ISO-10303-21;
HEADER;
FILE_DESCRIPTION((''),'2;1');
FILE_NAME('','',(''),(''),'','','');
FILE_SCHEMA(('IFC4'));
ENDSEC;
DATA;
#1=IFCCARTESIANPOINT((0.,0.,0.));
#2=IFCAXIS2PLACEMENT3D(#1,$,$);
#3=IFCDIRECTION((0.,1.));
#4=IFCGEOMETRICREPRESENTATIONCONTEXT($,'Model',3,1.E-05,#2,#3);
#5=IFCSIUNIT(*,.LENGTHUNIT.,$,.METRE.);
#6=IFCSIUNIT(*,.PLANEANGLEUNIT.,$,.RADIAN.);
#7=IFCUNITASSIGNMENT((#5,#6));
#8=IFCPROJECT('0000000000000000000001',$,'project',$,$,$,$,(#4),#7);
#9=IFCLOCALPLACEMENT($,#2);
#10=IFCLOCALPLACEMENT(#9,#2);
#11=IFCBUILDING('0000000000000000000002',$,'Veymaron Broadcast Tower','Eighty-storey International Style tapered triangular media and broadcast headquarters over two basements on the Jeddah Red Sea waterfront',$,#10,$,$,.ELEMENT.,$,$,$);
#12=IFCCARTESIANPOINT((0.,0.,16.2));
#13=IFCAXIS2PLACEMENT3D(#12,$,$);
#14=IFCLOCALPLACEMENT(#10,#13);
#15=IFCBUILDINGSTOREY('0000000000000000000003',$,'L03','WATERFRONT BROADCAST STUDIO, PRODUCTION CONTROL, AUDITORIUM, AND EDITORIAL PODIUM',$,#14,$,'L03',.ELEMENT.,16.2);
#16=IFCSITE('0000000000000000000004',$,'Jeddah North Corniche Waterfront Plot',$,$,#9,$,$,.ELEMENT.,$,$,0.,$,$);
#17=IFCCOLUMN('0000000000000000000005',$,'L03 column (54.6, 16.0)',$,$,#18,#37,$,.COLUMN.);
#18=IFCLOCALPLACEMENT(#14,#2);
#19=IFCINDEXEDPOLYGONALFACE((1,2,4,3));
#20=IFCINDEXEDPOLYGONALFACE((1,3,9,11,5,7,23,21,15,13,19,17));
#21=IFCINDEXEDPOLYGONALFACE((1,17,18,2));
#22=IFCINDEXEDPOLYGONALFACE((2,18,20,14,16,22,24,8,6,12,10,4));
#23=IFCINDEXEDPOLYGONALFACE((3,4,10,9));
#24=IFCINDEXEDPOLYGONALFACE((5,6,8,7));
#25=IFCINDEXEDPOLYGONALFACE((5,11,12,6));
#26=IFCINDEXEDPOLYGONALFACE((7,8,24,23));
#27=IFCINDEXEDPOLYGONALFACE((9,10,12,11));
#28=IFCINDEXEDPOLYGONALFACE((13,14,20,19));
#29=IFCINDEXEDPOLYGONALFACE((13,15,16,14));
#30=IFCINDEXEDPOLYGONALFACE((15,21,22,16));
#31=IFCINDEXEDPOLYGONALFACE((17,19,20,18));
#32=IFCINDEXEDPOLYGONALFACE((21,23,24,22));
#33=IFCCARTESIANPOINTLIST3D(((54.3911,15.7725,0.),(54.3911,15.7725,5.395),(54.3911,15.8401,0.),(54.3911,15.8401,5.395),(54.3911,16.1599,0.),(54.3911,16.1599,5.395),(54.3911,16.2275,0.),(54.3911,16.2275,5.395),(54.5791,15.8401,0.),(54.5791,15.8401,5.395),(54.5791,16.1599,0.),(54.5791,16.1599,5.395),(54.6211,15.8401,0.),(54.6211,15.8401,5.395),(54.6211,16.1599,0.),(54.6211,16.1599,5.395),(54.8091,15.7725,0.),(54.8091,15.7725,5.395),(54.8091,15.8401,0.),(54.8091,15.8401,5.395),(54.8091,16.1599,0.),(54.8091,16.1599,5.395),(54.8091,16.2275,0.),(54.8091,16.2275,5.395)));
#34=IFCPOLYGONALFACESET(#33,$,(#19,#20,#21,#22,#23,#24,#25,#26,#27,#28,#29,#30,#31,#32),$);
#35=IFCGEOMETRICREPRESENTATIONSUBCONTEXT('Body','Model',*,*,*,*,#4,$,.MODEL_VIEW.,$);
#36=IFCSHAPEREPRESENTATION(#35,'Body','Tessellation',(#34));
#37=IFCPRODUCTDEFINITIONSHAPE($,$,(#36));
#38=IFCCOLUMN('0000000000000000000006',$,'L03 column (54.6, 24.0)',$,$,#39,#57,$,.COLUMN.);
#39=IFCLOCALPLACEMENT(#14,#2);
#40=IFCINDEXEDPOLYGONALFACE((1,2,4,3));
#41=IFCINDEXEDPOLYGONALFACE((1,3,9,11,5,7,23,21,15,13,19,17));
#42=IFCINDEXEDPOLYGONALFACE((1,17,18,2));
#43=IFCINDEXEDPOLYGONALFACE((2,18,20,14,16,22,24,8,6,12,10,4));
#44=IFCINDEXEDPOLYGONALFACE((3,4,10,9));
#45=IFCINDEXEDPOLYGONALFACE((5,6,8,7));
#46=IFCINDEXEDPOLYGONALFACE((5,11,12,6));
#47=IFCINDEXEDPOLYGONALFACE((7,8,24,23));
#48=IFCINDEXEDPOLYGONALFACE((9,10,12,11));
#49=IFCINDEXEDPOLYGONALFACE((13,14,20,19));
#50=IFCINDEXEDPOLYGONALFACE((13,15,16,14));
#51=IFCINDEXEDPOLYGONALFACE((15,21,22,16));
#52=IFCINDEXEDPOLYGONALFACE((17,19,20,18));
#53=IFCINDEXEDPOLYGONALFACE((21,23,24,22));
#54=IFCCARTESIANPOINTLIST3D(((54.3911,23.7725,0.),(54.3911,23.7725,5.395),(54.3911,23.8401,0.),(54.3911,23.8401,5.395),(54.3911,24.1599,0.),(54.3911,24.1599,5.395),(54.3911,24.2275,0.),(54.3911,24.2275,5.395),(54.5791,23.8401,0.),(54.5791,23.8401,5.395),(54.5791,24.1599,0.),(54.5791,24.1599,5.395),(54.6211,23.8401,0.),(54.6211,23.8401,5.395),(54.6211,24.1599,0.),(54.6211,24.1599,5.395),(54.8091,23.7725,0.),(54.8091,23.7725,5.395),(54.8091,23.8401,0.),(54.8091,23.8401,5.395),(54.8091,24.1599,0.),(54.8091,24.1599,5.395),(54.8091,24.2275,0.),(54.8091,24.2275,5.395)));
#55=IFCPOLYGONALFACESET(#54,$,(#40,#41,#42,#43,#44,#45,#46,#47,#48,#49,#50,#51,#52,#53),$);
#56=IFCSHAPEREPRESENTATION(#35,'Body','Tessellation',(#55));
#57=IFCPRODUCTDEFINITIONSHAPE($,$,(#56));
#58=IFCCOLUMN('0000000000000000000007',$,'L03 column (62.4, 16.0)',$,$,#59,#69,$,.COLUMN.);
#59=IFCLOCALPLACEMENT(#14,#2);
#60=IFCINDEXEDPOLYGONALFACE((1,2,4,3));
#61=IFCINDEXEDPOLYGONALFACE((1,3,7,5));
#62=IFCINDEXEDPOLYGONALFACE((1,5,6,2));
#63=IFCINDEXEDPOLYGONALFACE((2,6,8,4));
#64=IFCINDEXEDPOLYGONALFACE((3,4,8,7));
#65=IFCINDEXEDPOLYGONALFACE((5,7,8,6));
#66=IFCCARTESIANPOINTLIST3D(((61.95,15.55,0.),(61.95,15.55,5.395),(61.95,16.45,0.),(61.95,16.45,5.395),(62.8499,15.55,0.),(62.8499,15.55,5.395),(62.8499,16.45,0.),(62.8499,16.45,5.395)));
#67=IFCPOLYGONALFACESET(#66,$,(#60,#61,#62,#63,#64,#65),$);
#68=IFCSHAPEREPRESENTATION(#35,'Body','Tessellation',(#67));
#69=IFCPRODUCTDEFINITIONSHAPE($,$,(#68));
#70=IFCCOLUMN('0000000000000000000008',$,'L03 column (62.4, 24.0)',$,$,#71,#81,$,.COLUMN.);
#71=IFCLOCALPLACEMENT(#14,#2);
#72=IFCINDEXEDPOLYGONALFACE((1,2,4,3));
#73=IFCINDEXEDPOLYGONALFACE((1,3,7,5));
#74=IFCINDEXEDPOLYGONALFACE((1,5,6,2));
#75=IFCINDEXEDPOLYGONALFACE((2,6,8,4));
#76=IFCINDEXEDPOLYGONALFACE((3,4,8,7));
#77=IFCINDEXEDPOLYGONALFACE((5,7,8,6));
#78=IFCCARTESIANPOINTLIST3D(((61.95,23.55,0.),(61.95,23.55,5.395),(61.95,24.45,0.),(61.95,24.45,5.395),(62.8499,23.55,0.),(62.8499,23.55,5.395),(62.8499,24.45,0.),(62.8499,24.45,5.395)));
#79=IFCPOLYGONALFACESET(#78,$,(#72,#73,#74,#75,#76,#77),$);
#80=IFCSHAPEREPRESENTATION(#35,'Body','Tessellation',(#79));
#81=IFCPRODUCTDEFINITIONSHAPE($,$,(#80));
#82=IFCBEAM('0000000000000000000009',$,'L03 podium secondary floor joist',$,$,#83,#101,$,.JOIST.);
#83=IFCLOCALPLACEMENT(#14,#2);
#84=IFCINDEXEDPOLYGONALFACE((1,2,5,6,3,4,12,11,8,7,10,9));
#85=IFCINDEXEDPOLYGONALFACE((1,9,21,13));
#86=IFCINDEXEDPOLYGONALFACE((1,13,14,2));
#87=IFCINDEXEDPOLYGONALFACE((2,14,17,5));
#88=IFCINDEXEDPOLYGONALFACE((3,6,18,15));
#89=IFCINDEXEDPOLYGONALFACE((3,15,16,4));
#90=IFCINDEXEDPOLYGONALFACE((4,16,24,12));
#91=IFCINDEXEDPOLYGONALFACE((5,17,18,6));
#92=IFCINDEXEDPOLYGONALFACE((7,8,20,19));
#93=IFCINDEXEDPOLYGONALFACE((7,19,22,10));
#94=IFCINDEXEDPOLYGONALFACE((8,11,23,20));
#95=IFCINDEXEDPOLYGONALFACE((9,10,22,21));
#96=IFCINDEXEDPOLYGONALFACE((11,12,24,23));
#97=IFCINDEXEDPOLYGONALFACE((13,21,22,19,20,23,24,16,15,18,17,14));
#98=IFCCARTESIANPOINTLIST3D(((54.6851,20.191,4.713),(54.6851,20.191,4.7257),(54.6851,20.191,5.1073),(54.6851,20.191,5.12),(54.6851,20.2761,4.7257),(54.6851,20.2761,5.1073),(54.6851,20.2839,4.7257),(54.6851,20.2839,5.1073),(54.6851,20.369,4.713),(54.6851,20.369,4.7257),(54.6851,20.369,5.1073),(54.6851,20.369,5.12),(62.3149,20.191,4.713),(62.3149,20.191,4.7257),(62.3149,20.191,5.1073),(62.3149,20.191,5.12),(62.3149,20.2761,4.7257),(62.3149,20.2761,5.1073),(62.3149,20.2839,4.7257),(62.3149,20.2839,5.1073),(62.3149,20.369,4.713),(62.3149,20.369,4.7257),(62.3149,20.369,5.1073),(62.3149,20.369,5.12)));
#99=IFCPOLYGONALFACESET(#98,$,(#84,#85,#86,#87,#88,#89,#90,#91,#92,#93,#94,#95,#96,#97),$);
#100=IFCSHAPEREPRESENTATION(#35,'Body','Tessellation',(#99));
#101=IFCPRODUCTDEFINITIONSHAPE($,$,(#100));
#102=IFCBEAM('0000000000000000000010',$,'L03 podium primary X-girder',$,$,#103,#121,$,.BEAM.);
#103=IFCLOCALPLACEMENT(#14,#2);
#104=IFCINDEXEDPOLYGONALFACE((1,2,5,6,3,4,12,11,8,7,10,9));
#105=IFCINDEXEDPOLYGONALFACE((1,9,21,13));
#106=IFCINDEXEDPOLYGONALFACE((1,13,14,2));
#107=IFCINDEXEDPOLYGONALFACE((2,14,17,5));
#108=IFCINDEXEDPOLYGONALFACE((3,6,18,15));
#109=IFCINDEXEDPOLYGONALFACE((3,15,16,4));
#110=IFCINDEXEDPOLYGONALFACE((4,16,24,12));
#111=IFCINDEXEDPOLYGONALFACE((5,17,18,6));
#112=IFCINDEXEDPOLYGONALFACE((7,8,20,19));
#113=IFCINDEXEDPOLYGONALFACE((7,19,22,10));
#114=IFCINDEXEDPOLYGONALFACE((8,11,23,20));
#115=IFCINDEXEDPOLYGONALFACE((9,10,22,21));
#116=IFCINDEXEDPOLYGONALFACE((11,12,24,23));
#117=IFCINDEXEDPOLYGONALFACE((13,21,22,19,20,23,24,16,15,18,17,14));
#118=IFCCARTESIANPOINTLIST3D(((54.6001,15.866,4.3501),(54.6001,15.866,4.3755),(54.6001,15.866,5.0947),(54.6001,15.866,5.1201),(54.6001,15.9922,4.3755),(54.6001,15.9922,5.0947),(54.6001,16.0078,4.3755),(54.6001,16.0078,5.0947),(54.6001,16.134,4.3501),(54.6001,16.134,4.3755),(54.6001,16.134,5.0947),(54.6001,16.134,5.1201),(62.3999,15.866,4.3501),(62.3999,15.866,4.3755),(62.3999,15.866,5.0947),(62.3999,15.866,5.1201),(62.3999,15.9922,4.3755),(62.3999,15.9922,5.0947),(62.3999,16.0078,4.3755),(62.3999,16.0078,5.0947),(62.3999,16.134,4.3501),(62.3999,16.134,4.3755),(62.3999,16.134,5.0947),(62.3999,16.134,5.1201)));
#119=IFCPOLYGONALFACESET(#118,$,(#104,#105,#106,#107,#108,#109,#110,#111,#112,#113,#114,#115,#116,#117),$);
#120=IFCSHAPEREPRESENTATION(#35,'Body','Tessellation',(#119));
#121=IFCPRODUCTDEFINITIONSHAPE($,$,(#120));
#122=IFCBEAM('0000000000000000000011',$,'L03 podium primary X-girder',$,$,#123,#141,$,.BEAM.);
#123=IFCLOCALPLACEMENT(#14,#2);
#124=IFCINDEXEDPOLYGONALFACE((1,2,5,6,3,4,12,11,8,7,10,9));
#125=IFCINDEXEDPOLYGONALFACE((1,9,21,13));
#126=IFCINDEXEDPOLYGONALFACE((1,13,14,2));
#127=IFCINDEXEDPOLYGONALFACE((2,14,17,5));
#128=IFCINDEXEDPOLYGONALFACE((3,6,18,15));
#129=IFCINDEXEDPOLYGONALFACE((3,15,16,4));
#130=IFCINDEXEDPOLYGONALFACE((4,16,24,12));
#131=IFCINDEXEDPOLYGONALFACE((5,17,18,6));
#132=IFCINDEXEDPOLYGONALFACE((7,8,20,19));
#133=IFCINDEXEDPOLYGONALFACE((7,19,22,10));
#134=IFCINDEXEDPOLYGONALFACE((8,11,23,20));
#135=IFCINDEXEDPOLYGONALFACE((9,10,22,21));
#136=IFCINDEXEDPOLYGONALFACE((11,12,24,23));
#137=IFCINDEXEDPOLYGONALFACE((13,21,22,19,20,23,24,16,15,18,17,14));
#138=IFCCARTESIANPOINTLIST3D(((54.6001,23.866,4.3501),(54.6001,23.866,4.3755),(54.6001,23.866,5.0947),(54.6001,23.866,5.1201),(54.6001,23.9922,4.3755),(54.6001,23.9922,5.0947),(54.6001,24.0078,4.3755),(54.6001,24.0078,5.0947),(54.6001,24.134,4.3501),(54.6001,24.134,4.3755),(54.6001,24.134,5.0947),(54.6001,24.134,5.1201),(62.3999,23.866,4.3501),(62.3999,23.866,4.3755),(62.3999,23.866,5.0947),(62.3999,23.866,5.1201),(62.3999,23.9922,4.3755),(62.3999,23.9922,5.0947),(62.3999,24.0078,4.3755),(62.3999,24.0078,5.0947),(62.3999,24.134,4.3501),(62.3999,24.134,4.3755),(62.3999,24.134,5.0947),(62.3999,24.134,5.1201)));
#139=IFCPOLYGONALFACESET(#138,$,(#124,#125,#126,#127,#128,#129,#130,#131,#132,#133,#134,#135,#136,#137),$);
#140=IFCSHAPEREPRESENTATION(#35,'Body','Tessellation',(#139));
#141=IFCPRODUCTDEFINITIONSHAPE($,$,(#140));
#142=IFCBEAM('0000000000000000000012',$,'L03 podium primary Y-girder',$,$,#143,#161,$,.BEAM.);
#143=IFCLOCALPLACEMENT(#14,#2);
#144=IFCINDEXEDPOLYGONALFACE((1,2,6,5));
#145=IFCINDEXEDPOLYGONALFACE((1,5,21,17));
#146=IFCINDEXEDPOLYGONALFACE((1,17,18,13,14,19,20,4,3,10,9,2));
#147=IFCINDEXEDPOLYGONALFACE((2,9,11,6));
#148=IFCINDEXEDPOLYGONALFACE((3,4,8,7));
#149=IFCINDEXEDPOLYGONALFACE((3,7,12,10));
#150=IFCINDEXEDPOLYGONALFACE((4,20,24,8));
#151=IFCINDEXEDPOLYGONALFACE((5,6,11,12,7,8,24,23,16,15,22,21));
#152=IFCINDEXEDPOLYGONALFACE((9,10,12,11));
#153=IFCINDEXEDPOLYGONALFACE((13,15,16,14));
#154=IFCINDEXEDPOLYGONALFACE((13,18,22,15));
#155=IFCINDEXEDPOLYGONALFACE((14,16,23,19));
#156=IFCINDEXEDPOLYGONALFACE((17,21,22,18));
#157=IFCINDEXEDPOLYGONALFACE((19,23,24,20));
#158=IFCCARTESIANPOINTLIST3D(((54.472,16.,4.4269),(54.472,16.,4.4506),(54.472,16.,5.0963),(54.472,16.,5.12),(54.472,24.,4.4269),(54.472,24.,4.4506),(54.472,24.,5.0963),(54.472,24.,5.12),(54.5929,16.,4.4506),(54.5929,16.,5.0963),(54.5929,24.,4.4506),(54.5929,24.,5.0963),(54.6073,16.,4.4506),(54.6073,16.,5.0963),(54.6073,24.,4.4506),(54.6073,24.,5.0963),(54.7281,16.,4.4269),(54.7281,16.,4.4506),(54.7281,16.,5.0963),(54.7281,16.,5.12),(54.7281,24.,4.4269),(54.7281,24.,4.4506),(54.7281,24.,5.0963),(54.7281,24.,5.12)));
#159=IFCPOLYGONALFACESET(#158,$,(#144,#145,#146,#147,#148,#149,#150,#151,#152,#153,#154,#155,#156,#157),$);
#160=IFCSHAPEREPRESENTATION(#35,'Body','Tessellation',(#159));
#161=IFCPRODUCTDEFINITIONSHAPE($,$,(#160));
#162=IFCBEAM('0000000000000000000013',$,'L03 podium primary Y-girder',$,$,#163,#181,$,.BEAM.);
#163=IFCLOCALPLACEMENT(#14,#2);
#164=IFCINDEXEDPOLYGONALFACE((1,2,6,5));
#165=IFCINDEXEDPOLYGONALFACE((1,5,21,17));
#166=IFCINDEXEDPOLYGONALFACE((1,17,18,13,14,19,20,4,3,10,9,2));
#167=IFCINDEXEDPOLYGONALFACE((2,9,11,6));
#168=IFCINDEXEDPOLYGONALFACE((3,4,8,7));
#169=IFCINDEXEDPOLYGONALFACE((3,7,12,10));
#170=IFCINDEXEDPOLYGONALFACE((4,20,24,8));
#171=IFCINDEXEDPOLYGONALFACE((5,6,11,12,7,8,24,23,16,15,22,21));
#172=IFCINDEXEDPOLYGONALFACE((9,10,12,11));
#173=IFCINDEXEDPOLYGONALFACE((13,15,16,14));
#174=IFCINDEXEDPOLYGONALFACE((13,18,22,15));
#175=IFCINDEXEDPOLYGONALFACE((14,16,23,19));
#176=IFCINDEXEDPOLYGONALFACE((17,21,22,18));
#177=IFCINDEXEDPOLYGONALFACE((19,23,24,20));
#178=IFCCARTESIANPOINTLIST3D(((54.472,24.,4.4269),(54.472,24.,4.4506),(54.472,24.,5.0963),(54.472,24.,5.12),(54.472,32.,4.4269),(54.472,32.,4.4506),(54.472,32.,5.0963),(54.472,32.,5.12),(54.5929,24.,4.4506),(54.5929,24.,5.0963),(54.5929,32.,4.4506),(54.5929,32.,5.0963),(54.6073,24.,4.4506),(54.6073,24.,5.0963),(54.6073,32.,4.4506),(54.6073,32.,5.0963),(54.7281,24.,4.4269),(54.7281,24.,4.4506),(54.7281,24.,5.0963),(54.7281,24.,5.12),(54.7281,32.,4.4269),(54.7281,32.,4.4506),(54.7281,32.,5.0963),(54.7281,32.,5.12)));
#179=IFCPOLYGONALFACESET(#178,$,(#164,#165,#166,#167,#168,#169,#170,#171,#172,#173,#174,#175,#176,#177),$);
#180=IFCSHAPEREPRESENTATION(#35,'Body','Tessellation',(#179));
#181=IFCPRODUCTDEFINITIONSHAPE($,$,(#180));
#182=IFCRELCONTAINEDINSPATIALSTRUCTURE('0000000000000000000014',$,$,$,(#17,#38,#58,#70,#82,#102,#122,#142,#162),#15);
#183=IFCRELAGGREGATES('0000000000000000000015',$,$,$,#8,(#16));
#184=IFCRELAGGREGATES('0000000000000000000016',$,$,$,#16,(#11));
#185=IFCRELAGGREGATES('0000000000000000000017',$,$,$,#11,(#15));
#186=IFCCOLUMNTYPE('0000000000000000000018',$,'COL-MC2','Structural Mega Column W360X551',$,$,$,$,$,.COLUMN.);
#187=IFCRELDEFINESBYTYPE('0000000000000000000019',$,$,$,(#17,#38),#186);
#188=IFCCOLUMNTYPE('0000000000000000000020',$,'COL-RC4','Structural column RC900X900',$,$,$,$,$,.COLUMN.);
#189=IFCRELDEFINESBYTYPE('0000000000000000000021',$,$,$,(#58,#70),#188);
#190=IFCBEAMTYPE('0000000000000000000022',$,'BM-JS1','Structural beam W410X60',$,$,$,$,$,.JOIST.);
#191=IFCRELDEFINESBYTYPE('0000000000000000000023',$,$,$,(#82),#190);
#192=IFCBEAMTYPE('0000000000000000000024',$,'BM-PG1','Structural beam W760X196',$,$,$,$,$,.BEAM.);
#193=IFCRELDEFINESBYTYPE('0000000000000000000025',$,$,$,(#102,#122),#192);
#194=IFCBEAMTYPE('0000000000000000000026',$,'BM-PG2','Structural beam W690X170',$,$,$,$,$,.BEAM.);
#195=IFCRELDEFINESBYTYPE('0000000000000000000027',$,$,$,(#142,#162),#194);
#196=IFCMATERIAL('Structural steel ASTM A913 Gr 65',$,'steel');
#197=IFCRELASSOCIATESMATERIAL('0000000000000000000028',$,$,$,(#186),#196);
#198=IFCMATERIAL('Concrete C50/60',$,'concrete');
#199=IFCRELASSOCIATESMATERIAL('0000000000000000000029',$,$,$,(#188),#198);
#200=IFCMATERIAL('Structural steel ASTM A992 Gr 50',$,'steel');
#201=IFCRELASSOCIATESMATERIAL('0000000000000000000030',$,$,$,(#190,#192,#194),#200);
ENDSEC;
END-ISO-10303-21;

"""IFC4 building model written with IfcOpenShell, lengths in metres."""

from ifc_helpers import new_model, si_unit, direction, frame, origin, origin_2d, place, context, subcontext, project, spatial, rectangle, i_section, extrude, material, material_profile, profile_set, type_object, element, save


model = new_model("IFC4")

# Units and contexts
model_context = context("Model", 3, precision=1e-05, world=origin(), true_north=direction((0.0, 1.0)))
body_context = subcontext(model_context, "Body", "Model", "MODEL_VIEW")
ifc_project = project(units=[si_unit("LENGTHUNIT", "METRE"), si_unit("PLANEANGLEUNIT", "RADIAN")], contexts=[model_context])

# Site, building, storey
site_placement = place(None, origin())
site = spatial("IfcSite", under=ifc_project, at=site_placement, Name="Jeddah North Corniche Waterfront Plot", CompositionType="ELEMENT", RefElevation=0.0)
building_placement = place(site_placement, origin())
building = spatial("IfcBuilding", under=site, at=building_placement, Name="Veymaron Broadcast Tower", Description="Eighty-storey International Style tapered triangular media and broadcast headquarters over two basements on the Jeddah Red Sea waterfront", CompositionType="ELEMENT")
storey_placement = place(building_placement, frame((0.0, 0.0, 16.2)))
storey = spatial("IfcBuildingStorey", under=building, at=storey_placement, Name="L03", Description="WATERFRONT BROADCAST STUDIO, PRODUCTION CONTROL, AUDITORIUM, AND EDITORIAL PODIUM", LongName="L03", CompositionType="ELEMENT", Elevation=16.2)

# Columns
ifc_material_1 = material(Name="Structural steel ASTM A913 Gr 65", Category="steel")
ifc_material_profile_1 = material_profile(ifc_material_1, i_section(OverallWidth=0.418, OverallDepth=0.4551, WebThickness=0.042, FlangeThickness=0.0676, at=origin_2d()), Name="W360X551")
ifc_profile_set_1 = profile_set([ifc_material_profile_1], Name="Structural steel ASTM A913 Gr 65")
column_type_1 = type_object("IfcColumnType", Name="COL-MC2", Description="Structural Mega Column W360X551", PredefinedType="COLUMN", material=ifc_profile_set_1)
for number, where, z_axis, x_axis, name in (
    (1, (54.6001, 16.0, 0.0), (0.0, 0.0, 1.0), (1.0, 0.0, 0.0), "L03 column (54.6, 16.0)"),
    (2, (54.6001, 24.0, 0.0), (0.0, 0.0, 1.0), (1.0, 0.0, 0.0), "L03 column (54.6, 24.0)"),
):
    element("IfcColumn", number, at=place(storey_placement, frame(where, z_axis=z_axis, x_axis=x_axis)), inside=storey, type_object=column_type_1, Name=name, PredefinedType="COLUMN", context=body_context, shape_type="SweptSolid", body=[
        extrude(i_section(OverallWidth=0.418, OverallDepth=0.4551, WebThickness=0.042, FlangeThickness=0.0676, at=origin_2d()), origin(), (0.0, 0.0, 1.0), 5.395),
    ])
ifc_material_2 = material(Name="Concrete C50/60", Category="concrete")
ifc_material_profile_2 = material_profile(ifc_material_2, rectangle(XDim=0.8999, YDim=0.8999, at=origin_2d()), Name="RC900X900")
ifc_profile_set_2 = profile_set([ifc_material_profile_2], Name="Concrete C50/60")
column_type_2 = type_object("IfcColumnType", Name="COL-RC4", Description="Structural column RC900X900", PredefinedType="COLUMN", material=ifc_profile_set_2)
for number, where, z_axis, x_axis, name in (
    (3, (62.3999, 16.0, 0.0), (0.0, 0.0, 1.0), (1.0, 0.0, 0.0), "L03 column (62.4, 16.0)"),
    (4, (62.3999, 24.0, 0.0), (0.0, 0.0, 1.0), (1.0, 0.0, 0.0), "L03 column (62.4, 24.0)"),
):
    element("IfcColumn", number, at=place(storey_placement, frame(where, z_axis=z_axis, x_axis=x_axis)), inside=storey, type_object=column_type_2, Name=name, PredefinedType="COLUMN", context=body_context, shape_type="SweptSolid", body=[
        extrude(rectangle(XDim=0.8999, YDim=0.8999, at=origin_2d()), origin(), (0.0, 0.0, 1.0), 5.395),
    ])

# Beams
ifc_material_3 = material(Name="Structural steel ASTM A992 Gr 50", Category="steel")
ifc_material_profile_3 = material_profile(ifc_material_3, i_section(OverallWidth=0.178, OverallDepth=0.407, WebThickness=0.0078, FlangeThickness=0.0127, at=origin_2d()), Name="W410X60")
ifc_profile_set_3 = profile_set([ifc_material_profile_3], Name="Structural steel ASTM A992 Gr 50")
beam_type_1 = type_object("IfcBeamType", Name="BM-JS1", Description="Structural beam W410X60", PredefinedType="JOIST", material=ifc_profile_set_3)
beam_placement = place(storey_placement, frame((54.6851, 20.28, 4.9165), z_axis=(1.0, 0.0, 0.0), x_axis=(0.0, 1.0, 0.0)))
element("IfcBeam", 5, at=beam_placement, inside=storey, type_object=beam_type_1, Name="L03 podium secondary floor joist", PredefinedType="JOIST", context=body_context, shape_type="SweptSolid", body=[
    extrude(i_section(OverallWidth=0.178, OverallDepth=0.407, WebThickness=0.0078, FlangeThickness=0.0127, at=origin_2d()), origin(), (0.0, 0.0, 1.0), 7.6299),
])
ifc_material_profile_4 = material_profile(ifc_material_3, i_section(OverallWidth=0.2681, OverallDepth=0.77, WebThickness=0.0156, FlangeThickness=0.0254, at=origin_2d()), Name="W760X196")
ifc_profile_set_4 = profile_set([ifc_material_profile_4], Name="Structural steel ASTM A992 Gr 50")
beam_type_2 = type_object("IfcBeamType", Name="BM-PG1", Description="Structural beam W760X196", PredefinedType="BEAM", material=ifc_profile_set_4)
for number, where, z_axis, x_axis, name in (
    (6, (54.6001, 16.0, 4.7351), (1.0, 0.0, 0.0), (0.0, 1.0, 0.0), "L03 podium primary X-girder"),
    (7, (54.6001, 24.0, 4.7351), (1.0, 0.0, 0.0), (0.0, 1.0, 0.0), "L03 podium primary X-girder"),
):
    element("IfcBeam", number, at=place(storey_placement, frame(where, z_axis=z_axis, x_axis=x_axis)), inside=storey, type_object=beam_type_2, Name=name, PredefinedType="BEAM", context=body_context, shape_type="SweptSolid", body=[
        extrude(i_section(OverallWidth=0.2681, OverallDepth=0.77, WebThickness=0.0156, FlangeThickness=0.0254, at=origin_2d()), origin(), (0.0, 0.0, 1.0), 7.7998),
    ])
ifc_material_profile_5 = material_profile(ifc_material_3, i_section(OverallWidth=0.2561, OverallDepth=0.6931, WebThickness=0.0144, FlangeThickness=0.0237, at=origin_2d()), Name="W690X170")
ifc_profile_set_5 = profile_set([ifc_material_profile_5], Name="Structural steel ASTM A992 Gr 50")
beam_type_3 = type_object("IfcBeamType", Name="BM-PG2", Description="Structural beam W690X170", PredefinedType="BEAM", material=ifc_profile_set_5)
for number, where, z_axis, x_axis, name in (
    (8, (54.6001, 16.0, 4.7734), (0.0, 1.0, 0.0), (-1.0, 0.0, 0.0), "L03 podium primary Y-girder"),
    (9, (54.6001, 24.0, 4.7734), (0.0, 1.0, 0.0), (-1.0, 0.0, 0.0), "L03 podium primary Y-girder"),
):
    element("IfcBeam", number, at=place(storey_placement, frame(where, z_axis=z_axis, x_axis=x_axis)), inside=storey, type_object=beam_type_3, Name=name, PredefinedType="BEAM", context=body_context, shape_type="SweptSolid", body=[
        extrude(i_section(OverallWidth=0.2561, OverallDepth=0.6931, WebThickness=0.0144, FlangeThickness=0.0237, at=origin_2d()), origin(), (0.0, 0.0, 1.0), 8.0),
    ])

save(model, "model.ifc")
